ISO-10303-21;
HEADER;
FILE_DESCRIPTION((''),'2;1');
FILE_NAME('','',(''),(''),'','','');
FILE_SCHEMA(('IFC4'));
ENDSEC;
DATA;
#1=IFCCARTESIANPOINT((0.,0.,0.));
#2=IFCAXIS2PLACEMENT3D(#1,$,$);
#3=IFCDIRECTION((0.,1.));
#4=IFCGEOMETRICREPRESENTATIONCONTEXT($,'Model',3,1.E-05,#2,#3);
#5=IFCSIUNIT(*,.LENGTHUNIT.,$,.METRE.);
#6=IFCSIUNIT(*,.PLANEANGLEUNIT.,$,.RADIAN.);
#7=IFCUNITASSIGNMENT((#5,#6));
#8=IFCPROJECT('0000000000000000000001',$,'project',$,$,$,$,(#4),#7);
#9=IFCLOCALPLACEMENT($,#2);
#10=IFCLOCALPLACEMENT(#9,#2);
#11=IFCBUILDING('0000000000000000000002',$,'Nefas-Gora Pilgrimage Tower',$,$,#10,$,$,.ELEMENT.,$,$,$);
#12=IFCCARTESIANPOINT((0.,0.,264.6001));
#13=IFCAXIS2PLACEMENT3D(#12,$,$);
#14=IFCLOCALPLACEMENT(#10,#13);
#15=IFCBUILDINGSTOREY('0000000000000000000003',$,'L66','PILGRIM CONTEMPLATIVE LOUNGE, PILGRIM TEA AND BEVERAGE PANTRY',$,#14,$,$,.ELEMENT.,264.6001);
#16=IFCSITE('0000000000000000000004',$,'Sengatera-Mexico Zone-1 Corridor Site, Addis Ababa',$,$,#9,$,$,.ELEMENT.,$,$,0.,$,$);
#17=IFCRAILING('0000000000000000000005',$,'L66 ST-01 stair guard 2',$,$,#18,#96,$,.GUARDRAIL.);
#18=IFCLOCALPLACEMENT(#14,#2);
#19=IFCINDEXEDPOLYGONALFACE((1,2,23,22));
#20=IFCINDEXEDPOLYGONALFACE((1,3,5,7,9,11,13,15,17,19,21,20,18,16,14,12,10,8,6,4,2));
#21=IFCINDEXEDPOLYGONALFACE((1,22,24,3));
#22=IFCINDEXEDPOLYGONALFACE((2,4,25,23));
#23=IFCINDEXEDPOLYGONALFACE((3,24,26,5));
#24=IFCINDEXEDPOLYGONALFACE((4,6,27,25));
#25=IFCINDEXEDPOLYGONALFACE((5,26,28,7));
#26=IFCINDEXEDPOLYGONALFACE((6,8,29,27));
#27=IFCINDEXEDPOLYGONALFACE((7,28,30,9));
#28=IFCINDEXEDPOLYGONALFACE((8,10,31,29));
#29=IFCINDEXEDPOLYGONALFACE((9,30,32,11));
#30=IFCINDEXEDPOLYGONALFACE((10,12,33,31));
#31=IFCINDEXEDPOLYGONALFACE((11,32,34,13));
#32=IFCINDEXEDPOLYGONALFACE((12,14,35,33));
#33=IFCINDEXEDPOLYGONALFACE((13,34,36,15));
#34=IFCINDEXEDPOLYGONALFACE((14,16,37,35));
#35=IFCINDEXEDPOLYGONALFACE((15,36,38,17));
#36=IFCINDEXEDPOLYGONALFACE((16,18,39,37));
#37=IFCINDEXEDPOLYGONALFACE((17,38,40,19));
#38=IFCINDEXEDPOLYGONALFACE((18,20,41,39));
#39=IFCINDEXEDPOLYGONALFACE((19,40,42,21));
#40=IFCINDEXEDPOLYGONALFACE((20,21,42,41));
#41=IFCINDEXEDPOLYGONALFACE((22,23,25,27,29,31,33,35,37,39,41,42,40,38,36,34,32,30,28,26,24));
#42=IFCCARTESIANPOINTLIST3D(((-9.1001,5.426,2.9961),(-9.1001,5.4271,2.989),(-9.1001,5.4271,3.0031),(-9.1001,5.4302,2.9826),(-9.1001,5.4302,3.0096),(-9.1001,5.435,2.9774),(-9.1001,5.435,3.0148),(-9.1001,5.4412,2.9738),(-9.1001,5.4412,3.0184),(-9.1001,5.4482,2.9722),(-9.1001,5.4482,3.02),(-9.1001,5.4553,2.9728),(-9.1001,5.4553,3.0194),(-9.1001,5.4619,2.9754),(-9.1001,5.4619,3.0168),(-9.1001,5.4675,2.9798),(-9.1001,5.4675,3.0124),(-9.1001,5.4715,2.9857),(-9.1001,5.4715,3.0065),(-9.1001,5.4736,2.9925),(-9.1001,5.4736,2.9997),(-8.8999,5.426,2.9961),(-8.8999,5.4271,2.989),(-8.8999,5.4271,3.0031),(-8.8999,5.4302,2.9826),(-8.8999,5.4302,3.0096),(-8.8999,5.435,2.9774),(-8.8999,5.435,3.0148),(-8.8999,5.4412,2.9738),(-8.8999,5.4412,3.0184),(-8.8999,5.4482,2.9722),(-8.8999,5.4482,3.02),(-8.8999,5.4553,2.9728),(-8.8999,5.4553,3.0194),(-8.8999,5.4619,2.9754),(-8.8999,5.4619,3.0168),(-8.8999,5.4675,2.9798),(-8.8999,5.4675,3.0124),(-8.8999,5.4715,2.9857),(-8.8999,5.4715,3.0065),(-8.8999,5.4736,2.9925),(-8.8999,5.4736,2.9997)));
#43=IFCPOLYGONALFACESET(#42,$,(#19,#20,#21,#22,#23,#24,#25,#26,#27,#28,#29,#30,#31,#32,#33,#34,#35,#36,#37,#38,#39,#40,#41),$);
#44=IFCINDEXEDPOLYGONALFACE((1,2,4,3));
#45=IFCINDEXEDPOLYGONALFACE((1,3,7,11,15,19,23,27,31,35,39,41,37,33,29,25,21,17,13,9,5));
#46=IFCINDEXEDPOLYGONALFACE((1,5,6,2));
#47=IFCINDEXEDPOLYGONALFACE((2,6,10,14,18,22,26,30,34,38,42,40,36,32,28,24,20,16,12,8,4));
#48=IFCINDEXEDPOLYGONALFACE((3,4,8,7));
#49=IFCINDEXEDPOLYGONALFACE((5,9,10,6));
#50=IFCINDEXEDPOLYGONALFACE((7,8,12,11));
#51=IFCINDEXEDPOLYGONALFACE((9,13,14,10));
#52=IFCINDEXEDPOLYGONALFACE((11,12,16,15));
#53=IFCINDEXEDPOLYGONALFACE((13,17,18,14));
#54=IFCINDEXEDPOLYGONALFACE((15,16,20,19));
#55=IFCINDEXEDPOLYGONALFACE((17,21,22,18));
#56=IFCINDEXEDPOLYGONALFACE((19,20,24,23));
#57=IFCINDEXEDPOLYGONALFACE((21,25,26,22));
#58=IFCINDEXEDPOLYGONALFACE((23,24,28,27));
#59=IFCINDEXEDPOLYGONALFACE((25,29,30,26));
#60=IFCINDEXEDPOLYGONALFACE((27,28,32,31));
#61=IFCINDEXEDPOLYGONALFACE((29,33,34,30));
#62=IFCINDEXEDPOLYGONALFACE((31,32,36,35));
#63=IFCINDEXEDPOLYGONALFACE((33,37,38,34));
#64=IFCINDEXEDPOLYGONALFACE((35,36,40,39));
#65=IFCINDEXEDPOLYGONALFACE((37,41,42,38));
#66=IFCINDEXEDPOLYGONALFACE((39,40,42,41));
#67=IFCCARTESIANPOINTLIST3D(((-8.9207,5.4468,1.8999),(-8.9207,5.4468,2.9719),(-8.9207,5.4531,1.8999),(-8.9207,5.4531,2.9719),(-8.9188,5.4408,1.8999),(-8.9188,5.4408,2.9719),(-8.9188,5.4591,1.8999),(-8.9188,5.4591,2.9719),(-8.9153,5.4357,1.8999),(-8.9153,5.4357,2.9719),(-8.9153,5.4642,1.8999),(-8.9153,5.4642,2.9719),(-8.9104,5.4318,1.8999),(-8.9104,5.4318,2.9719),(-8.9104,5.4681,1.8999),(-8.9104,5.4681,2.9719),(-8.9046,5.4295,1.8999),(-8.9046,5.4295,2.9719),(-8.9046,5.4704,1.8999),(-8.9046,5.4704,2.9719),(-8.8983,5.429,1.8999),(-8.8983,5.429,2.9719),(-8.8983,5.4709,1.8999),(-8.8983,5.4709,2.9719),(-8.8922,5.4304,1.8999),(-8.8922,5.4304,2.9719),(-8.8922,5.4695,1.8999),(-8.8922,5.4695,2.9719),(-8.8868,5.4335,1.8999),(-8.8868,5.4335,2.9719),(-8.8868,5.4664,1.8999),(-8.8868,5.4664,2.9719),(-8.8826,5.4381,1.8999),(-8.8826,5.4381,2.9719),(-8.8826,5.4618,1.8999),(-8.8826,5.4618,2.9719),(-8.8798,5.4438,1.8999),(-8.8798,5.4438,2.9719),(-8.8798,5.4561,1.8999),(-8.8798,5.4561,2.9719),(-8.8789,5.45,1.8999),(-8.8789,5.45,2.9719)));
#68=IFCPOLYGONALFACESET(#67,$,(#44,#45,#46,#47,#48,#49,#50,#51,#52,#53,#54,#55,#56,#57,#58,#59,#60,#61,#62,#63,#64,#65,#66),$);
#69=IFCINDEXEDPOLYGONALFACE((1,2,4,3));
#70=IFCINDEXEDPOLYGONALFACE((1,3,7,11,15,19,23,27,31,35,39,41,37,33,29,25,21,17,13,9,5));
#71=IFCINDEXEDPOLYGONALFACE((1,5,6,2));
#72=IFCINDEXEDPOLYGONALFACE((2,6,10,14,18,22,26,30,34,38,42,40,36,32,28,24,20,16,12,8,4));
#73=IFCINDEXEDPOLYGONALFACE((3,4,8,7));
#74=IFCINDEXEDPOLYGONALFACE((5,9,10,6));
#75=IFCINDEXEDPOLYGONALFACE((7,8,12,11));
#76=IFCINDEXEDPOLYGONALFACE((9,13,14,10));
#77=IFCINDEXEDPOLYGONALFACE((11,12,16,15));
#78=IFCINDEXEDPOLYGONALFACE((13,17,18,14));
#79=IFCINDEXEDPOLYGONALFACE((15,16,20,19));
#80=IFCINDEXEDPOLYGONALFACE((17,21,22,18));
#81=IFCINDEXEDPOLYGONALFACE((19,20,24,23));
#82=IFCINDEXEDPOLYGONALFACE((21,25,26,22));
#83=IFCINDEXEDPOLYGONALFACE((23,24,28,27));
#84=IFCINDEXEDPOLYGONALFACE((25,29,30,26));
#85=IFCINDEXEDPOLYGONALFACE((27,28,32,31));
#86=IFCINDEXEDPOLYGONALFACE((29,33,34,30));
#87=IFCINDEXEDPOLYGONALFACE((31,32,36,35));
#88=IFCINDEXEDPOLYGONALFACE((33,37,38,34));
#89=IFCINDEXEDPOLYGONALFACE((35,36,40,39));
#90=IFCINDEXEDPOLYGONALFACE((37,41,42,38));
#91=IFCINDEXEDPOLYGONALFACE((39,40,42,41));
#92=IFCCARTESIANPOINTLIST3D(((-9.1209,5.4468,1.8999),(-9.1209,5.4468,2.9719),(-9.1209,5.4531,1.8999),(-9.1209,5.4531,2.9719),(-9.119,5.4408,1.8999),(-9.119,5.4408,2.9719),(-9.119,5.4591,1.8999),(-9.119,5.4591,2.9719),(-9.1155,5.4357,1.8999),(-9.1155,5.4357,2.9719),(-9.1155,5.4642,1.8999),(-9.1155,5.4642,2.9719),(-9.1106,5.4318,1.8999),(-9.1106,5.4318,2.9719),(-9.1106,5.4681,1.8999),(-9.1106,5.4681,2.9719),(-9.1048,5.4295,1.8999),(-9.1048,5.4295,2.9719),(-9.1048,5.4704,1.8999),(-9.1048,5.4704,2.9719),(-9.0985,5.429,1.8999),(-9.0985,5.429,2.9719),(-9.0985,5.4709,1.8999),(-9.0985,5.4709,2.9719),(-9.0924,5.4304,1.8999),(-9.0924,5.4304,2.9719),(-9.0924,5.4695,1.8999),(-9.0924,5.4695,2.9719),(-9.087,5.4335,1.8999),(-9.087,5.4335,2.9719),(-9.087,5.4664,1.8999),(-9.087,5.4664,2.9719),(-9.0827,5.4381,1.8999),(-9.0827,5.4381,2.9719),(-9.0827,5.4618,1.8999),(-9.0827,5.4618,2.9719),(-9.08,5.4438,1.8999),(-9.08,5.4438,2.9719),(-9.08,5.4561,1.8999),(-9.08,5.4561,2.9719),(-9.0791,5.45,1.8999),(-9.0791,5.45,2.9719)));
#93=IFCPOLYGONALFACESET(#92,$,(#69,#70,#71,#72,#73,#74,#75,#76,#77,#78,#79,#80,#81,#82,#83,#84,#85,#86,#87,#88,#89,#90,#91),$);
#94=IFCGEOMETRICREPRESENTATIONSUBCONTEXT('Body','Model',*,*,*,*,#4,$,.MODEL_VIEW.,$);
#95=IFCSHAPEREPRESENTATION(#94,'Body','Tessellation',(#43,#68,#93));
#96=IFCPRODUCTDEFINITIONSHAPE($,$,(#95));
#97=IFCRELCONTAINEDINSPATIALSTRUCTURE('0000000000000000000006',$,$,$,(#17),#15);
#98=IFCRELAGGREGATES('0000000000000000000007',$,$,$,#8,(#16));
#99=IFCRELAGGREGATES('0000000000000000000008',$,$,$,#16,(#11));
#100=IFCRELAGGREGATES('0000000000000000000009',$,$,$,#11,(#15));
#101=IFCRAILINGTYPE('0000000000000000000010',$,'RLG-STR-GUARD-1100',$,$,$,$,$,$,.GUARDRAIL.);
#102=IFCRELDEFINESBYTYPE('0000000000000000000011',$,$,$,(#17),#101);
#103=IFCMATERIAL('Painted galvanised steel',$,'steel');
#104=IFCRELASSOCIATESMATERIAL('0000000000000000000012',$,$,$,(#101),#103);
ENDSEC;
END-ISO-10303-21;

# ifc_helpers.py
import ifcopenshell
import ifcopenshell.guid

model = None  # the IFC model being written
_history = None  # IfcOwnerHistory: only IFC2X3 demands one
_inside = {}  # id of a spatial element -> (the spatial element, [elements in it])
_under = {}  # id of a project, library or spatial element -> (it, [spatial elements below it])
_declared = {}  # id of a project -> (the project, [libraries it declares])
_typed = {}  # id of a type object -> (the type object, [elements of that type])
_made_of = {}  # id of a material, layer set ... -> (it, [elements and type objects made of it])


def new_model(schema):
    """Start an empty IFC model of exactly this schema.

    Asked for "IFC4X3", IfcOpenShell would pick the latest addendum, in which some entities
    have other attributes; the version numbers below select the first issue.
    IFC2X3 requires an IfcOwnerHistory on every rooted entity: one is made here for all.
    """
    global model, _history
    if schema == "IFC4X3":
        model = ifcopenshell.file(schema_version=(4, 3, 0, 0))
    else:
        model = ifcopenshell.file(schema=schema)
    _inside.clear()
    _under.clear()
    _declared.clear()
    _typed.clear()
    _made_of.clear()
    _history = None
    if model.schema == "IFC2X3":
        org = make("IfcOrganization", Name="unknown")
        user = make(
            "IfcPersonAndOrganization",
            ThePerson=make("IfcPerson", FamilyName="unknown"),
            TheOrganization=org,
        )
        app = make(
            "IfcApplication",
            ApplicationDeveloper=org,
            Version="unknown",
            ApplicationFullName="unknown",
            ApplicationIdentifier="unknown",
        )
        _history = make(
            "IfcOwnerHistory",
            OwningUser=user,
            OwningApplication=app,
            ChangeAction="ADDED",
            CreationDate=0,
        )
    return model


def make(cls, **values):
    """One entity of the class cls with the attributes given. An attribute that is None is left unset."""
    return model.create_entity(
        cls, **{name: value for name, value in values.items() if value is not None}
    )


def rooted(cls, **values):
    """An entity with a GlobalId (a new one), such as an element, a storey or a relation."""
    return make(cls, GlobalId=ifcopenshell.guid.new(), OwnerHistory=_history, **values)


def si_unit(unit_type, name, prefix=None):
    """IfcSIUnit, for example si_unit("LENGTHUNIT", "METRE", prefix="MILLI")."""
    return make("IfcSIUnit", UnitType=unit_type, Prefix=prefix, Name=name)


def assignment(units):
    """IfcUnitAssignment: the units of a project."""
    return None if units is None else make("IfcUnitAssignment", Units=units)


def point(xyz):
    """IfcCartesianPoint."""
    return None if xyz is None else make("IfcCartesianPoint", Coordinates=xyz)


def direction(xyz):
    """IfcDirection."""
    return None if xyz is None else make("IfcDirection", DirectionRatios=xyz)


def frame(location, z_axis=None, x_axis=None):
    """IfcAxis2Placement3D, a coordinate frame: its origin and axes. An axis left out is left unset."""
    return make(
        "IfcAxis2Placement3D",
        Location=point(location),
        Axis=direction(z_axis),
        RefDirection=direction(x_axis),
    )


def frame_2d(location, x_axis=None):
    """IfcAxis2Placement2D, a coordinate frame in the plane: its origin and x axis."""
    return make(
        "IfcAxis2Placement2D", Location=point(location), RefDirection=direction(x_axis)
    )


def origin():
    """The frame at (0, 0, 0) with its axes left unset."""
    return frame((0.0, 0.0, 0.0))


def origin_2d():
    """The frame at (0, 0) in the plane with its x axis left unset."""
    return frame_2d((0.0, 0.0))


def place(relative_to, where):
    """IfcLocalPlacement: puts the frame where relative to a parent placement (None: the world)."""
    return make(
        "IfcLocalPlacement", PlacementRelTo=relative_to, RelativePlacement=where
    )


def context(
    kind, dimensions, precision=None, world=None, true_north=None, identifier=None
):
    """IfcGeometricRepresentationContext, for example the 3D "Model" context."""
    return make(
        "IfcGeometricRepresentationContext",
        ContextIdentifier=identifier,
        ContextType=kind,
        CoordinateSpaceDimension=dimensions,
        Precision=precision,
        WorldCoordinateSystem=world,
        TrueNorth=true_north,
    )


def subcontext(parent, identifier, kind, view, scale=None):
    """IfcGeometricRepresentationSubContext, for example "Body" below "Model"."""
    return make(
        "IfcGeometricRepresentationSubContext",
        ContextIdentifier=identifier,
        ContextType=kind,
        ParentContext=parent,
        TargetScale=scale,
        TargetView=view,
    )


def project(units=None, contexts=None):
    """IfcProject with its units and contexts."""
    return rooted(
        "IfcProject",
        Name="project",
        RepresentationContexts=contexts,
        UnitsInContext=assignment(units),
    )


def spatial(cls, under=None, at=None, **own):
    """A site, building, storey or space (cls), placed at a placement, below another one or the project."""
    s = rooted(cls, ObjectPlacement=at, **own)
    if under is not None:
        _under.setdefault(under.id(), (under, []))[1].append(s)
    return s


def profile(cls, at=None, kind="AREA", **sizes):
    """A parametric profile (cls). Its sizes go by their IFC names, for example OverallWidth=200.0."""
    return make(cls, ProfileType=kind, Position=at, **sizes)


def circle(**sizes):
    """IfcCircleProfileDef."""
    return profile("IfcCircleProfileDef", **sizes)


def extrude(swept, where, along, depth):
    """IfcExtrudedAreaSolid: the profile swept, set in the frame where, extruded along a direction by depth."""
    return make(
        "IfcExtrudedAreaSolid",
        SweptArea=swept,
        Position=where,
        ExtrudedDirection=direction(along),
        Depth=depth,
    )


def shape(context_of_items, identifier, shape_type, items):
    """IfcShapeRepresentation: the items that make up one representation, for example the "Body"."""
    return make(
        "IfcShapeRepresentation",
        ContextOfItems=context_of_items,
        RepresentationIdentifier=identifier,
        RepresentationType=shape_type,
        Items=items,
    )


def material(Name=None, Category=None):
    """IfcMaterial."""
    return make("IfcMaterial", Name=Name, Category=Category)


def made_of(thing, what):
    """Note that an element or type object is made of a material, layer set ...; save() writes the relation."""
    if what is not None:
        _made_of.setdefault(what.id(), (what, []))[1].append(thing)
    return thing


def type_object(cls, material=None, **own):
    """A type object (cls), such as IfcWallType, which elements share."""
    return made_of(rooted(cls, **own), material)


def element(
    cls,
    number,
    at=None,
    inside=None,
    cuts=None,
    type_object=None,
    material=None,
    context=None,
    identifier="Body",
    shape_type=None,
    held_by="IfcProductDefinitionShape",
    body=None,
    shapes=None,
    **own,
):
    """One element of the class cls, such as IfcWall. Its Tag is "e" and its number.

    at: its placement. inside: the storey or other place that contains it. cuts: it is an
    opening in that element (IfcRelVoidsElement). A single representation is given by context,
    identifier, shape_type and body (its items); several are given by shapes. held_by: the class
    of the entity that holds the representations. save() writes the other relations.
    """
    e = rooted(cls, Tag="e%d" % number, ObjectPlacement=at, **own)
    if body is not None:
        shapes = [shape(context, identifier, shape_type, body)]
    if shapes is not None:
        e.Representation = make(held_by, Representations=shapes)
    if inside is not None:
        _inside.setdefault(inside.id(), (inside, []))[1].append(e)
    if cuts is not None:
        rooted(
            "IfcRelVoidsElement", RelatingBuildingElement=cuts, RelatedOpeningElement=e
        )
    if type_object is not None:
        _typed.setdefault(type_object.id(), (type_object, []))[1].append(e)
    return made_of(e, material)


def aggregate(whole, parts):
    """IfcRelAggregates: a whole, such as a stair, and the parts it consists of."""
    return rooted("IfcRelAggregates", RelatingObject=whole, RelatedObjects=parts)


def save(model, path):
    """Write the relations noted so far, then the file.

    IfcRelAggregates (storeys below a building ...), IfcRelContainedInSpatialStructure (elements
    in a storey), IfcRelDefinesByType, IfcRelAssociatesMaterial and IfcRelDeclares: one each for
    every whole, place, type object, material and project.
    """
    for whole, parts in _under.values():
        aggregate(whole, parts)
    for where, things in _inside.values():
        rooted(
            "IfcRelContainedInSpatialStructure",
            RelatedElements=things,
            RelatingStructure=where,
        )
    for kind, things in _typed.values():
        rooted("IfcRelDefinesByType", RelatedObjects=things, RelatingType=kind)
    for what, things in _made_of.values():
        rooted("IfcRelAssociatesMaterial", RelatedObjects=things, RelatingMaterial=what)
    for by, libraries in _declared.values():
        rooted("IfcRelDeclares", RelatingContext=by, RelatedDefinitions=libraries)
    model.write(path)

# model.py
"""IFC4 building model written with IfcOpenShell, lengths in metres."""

from ifc_helpers import new_model, si_unit, direction, frame, origin, origin_2d, place, context, subcontext, project, spatial, circle, extrude, material, type_object, element, save


model = new_model("IFC4")

# Units and contexts
model_context = context("Model", 3, precision=1e-05, world=origin(), true_north=direction((0.0, 1.0)))
body_context = subcontext(model_context, "Body", "Model", "MODEL_VIEW")
ifc_project = project(units=[si_unit("LENGTHUNIT", "METRE"), si_unit("PLANEANGLEUNIT", "RADIAN")], contexts=[model_context])

# Site, building, storey
site_placement = place(None, origin())
site = spatial("IfcSite", under=ifc_project, at=site_placement, Name="Sengatera-Mexico Zone-1 Corridor Site, Addis Ababa", CompositionType="ELEMENT", RefElevation=0.0)
building_placement = place(site_placement, origin())
building = spatial("IfcBuilding", under=site, at=building_placement, Name="Nefas-Gora Pilgrimage Tower", CompositionType="ELEMENT")
storey_placement = place(building_placement, frame((0.0, 0.0, 264.6001)))
storey = spatial("IfcBuildingStorey", under=building, at=storey_placement, Name="L66", Description="PILGRIM CONTEMPLATIVE LOUNGE, PILGRIM TEA AND BEVERAGE PANTRY", CompositionType="ELEMENT", Elevation=264.6001)

# Railing
ifc_material_1 = material(Name="Painted galvanised steel", Category="steel")
railing_type_1 = type_object("IfcRailingType", Name="RLG-STR-GUARD-1100", PredefinedType="GUARDRAIL", material=ifc_material_1)
railing_1_placement = place(storey_placement, frame((-8.8999, 5.45, 1.8999)))
element("IfcRailing", 1, at=railing_1_placement, inside=storey, type_object=railing_type_1, Name="L66 ST-01 stair guard 2", PredefinedType="GUARDRAIL", context=body_context, shape_type="SweptSolid", body=[
    extrude(circle(Radius=0.0239, at=origin_2d()), frame((0.0, 0.0, 1.0962), z_axis=(-1.0, 0.0, 0.0), x_axis=(0.0, -1.0, 0.0)), (0.0, 0.0, 1.0), 0.2002),
    extrude(circle(Radius=0.021, at=origin_2d()), origin(), (0.0, 0.0, 1.0), 1.072),
    extrude(circle(Radius=0.021, at=origin_2d()), frame((-0.2002, 0.0, 0.0)), (0.0, 0.0, 1.0), 1.072),
])

save(model, "model.ifc")
